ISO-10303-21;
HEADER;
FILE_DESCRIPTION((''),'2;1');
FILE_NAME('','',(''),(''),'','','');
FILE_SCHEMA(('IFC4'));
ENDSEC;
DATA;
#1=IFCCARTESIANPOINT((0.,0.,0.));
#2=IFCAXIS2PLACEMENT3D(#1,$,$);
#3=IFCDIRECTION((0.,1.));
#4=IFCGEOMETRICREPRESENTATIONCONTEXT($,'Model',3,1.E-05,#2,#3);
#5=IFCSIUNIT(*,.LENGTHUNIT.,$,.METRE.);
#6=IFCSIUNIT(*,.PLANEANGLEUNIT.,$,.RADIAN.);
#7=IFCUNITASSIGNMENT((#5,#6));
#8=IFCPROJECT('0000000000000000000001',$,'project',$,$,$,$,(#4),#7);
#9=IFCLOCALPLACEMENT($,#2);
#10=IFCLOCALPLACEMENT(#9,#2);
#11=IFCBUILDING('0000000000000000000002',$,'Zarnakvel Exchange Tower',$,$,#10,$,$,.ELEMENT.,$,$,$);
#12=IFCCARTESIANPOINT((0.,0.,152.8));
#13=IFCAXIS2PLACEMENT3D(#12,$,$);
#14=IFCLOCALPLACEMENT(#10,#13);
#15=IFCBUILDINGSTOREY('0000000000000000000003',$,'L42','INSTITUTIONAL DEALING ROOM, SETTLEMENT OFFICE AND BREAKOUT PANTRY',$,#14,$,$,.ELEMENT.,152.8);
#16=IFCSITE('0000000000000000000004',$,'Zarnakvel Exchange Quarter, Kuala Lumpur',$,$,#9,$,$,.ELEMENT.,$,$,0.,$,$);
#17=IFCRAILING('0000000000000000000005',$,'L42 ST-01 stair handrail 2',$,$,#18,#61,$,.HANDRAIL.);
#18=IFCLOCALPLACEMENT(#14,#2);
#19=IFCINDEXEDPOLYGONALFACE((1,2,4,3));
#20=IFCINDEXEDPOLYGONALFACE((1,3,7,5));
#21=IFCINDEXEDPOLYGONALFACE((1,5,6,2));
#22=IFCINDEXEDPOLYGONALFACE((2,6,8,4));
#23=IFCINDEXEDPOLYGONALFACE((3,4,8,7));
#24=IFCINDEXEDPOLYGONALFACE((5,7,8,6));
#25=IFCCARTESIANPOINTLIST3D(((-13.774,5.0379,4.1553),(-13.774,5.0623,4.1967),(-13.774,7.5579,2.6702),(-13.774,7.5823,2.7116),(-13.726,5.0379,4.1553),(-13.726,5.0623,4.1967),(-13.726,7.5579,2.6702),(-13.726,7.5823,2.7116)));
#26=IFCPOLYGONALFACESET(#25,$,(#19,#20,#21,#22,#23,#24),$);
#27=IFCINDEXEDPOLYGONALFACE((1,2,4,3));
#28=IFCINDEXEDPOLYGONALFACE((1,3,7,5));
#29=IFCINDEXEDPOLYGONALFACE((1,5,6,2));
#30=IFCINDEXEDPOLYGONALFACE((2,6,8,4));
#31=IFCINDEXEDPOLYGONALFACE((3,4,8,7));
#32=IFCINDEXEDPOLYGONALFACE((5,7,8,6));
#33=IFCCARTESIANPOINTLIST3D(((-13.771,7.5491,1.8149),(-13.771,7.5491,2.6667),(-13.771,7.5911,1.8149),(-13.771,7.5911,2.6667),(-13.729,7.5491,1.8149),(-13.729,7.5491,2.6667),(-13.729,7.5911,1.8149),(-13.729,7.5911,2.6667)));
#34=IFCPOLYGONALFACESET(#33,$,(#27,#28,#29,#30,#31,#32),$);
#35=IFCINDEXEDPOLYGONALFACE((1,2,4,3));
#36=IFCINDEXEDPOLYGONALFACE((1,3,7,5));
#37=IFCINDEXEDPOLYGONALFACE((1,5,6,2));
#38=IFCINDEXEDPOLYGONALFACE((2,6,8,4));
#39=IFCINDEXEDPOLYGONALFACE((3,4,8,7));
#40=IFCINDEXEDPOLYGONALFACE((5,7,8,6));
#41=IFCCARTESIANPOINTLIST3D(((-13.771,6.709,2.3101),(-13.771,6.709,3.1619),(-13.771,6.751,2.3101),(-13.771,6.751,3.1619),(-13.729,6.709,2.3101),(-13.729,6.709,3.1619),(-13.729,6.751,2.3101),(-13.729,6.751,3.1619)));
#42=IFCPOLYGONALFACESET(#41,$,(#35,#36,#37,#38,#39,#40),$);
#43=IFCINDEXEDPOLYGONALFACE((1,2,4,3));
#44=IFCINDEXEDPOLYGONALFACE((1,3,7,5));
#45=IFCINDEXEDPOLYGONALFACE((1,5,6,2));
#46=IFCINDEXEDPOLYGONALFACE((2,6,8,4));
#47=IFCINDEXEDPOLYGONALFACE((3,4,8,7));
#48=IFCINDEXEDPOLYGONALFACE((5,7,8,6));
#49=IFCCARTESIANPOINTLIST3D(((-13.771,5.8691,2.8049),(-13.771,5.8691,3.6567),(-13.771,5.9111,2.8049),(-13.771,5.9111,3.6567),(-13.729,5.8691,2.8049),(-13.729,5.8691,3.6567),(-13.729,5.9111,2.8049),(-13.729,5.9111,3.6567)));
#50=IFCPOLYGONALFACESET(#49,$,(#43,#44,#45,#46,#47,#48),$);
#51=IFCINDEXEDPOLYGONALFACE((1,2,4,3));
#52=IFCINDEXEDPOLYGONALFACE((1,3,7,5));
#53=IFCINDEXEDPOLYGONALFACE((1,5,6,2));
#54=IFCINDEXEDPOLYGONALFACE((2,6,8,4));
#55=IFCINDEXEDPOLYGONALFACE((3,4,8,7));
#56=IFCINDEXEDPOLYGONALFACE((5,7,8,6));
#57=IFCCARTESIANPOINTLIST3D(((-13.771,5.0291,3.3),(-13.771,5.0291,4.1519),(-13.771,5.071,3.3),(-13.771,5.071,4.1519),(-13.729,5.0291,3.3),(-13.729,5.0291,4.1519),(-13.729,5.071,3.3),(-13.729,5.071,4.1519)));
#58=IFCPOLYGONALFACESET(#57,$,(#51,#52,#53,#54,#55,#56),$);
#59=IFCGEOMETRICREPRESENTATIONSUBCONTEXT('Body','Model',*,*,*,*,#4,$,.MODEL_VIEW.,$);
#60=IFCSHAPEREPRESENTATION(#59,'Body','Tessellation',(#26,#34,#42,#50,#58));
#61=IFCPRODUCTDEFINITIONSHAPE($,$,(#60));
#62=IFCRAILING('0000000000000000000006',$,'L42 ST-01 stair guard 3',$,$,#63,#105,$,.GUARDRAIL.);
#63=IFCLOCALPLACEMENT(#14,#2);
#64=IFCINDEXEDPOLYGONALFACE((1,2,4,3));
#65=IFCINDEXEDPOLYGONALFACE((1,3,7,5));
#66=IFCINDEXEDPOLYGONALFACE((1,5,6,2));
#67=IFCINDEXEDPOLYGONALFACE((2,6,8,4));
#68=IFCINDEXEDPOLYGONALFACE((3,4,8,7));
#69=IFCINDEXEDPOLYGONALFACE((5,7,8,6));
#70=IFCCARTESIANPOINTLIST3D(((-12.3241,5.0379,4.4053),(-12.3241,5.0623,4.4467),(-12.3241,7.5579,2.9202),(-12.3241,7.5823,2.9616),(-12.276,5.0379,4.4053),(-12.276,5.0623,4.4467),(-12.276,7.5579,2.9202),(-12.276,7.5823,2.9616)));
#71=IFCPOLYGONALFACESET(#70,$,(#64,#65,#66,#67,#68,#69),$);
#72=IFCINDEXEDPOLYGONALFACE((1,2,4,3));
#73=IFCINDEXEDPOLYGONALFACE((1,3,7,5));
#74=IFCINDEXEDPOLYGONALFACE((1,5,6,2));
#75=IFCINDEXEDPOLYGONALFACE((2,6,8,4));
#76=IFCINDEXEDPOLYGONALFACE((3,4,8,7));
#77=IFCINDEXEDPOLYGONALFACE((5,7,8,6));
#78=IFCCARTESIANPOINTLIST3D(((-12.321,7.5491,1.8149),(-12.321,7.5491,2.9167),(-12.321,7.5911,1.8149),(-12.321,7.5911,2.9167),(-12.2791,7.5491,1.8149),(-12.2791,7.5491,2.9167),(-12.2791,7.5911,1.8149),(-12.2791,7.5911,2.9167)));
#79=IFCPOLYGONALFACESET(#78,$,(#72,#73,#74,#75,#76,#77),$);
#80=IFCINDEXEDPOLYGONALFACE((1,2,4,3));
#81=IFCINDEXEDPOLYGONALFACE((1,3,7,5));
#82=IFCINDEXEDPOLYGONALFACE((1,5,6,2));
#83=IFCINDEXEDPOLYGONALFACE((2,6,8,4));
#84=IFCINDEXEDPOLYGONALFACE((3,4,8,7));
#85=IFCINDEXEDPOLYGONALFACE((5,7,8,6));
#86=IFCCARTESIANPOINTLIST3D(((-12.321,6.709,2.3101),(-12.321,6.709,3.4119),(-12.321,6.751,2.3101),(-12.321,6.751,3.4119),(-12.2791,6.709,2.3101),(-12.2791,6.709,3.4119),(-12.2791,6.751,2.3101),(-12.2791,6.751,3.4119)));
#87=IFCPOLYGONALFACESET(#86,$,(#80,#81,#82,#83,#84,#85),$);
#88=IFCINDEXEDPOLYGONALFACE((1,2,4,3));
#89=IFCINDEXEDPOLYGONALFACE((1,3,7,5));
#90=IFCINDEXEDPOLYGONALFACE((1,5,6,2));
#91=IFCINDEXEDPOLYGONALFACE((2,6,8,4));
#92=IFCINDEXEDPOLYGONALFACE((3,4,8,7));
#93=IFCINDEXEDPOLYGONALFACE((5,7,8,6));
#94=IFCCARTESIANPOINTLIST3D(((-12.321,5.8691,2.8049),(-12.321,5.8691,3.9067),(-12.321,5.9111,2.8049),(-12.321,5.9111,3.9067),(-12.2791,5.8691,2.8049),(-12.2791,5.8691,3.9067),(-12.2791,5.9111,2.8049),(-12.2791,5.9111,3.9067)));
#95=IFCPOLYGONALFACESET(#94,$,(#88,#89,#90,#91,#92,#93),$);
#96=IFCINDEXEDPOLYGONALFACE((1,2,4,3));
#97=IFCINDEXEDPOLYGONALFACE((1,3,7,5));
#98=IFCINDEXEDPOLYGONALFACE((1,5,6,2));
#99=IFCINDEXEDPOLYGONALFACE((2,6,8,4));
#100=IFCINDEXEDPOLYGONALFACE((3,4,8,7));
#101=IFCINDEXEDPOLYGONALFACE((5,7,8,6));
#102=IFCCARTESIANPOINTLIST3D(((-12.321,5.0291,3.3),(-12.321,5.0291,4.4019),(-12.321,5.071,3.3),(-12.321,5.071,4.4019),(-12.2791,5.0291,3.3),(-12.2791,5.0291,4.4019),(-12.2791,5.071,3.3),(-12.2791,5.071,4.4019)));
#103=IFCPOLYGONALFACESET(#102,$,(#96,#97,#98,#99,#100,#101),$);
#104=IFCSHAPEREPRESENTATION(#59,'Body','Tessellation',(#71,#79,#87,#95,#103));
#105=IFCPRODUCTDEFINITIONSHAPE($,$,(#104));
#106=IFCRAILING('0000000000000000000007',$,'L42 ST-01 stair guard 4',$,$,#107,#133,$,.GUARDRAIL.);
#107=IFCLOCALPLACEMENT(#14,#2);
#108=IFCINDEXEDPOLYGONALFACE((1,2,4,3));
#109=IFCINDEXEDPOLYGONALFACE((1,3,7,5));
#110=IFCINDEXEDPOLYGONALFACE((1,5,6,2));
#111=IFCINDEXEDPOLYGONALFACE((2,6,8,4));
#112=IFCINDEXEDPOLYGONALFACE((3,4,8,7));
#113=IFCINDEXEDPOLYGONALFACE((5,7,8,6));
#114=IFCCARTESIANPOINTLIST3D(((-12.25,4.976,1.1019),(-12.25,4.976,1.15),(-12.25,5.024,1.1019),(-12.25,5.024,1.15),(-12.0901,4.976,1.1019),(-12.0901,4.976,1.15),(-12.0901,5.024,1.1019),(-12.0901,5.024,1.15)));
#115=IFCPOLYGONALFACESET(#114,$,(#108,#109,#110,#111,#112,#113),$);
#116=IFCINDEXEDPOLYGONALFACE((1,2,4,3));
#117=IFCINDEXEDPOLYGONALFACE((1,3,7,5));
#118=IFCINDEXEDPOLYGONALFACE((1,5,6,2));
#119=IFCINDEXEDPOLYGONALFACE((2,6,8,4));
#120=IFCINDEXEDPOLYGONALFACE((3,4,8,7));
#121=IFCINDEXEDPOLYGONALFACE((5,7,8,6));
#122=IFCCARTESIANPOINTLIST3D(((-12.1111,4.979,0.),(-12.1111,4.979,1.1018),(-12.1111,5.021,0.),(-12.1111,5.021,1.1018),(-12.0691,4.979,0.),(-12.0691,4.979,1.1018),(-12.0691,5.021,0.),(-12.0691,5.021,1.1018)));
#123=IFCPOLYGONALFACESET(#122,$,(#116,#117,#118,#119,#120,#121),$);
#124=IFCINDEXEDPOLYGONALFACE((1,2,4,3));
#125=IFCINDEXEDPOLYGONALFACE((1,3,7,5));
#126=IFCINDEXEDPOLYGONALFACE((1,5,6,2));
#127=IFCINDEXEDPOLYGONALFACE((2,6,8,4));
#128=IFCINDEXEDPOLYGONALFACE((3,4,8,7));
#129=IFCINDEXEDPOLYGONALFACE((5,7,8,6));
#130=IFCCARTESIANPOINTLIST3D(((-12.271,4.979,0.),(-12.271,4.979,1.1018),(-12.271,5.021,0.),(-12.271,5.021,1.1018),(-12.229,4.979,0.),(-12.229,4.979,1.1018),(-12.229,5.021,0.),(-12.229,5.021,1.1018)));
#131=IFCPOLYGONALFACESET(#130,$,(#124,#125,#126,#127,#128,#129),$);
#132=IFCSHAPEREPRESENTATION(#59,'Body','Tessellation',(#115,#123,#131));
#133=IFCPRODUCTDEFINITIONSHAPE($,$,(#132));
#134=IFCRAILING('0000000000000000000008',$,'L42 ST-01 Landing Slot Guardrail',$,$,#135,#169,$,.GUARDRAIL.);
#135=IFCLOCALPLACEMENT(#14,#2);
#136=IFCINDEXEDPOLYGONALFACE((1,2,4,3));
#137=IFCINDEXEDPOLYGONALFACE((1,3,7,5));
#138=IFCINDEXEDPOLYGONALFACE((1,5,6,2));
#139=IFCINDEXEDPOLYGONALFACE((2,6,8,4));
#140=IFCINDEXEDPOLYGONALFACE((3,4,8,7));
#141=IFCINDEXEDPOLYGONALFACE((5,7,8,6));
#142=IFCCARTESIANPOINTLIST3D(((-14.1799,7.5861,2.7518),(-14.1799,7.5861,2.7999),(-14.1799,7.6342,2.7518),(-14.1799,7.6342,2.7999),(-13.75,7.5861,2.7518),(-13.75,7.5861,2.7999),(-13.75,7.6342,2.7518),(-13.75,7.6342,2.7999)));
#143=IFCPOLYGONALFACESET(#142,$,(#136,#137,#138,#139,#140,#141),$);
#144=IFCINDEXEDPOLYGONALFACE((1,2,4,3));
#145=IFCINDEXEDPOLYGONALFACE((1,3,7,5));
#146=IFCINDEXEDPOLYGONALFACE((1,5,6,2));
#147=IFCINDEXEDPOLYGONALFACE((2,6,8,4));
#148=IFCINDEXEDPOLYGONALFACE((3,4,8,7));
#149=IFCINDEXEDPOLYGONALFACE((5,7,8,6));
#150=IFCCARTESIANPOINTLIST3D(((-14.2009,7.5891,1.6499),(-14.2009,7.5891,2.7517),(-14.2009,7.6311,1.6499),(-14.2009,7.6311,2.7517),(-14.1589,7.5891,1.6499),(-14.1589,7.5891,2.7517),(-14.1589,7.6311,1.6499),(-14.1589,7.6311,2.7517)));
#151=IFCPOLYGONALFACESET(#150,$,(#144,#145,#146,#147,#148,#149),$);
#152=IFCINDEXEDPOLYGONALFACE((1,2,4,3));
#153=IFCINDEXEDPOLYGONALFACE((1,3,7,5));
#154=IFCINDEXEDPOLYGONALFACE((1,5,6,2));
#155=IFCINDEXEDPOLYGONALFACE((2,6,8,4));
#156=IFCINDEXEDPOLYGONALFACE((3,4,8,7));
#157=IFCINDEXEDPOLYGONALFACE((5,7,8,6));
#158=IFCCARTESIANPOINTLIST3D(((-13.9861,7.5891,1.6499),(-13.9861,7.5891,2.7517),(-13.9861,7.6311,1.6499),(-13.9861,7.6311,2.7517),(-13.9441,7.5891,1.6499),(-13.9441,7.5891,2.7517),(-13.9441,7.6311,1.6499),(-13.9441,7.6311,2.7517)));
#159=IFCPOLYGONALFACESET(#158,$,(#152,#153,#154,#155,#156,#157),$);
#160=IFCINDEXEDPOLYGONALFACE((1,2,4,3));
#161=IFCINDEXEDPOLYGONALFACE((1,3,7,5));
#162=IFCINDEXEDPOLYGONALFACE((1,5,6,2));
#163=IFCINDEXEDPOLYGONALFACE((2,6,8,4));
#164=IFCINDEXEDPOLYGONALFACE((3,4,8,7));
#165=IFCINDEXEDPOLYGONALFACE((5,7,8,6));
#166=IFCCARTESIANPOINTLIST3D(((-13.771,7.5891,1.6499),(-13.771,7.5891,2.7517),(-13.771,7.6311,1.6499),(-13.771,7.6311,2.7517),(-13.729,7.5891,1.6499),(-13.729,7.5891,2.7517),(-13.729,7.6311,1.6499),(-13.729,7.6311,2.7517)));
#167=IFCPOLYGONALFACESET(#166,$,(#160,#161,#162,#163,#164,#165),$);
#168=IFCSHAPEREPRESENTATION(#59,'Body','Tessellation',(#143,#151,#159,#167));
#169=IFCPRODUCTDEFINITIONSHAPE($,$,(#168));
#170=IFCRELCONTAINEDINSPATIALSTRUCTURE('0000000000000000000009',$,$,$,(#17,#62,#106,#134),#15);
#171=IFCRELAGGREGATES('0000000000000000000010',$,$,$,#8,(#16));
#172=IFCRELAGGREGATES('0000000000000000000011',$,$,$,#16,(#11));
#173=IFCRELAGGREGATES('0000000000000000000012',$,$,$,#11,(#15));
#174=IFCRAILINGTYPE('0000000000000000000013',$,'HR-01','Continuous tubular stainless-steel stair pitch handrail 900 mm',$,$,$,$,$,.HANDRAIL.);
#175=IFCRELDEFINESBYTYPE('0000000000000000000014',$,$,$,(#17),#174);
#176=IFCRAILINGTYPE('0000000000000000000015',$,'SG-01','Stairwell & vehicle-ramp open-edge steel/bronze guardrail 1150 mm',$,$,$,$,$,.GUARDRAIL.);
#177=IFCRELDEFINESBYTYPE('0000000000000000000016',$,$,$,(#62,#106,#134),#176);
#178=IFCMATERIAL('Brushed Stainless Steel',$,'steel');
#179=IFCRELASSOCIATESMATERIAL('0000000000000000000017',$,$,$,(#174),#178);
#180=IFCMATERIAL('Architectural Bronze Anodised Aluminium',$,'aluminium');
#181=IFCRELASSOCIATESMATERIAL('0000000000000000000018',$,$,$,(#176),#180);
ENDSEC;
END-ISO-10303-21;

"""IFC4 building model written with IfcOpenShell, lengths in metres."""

from ifc_helpers import new_model, si_unit, direction, frame, origin, origin_2d, place, context, subcontext, project, spatial, rectangle, extrude, material, type_object, element, save


model = new_model("IFC4")

# Units and contexts
model_context = context("Model", 3, precision=1e-05, world=origin(), true_north=direction((0.0, 1.0)))
body_context = subcontext(model_context, "Body", "Model", "MODEL_VIEW")
ifc_project = project(units=[si_unit("LENGTHUNIT", "METRE"), si_unit("PLANEANGLEUNIT", "RADIAN")], contexts=[model_context])

# Site, building, storey
site_placement = place(None, origin())
site = spatial("IfcSite", under=ifc_project, at=site_placement, Name="Zarnakvel Exchange Quarter, Kuala Lumpur", CompositionType="ELEMENT", RefElevation=0.0)
building_placement = place(site_placement, origin())
building = spatial("IfcBuilding", under=site, at=building_placement, Name="Zarnakvel Exchange Tower", CompositionType="ELEMENT")
storey_placement = place(building_placement, frame((0.0, 0.0, 152.8)))
storey = spatial("IfcBuildingStorey", under=building, at=storey_placement, Name="L42", Description="INSTITUTIONAL DEALING ROOM, SETTLEMENT OFFICE AND BREAKOUT PANTRY", CompositionType="ELEMENT", Elevation=152.8)

# Shared definitions
ifc_material_1 = material(Name="Architectural Bronze Anodised Aluminium", Category="aluminium")

# Railings
ifc_material_2 = material(Name="Brushed Stainless Steel", Category="steel")
railing_type_1 = type_object("IfcRailingType", Name="HR-01", Description="Continuous tubular stainless-steel stair pitch handrail 900 mm", PredefinedType="HANDRAIL", material=ifc_material_2)
railing_1_placement = place(storey_placement, frame((-13.75, 7.5701, 1.8149)))
element("IfcRailing", 1, at=railing_1_placement, inside=storey, type_object=railing_type_1, Name="L42 ST-01 stair handrail 2", PredefinedType="HANDRAIL", context=body_context, shape_type="SweptSolid", body=[
    extrude(rectangle(XDim=0.0481, YDim=0.0481, at=origin_2d()), frame((0.0, 0.0, 0.876), z_axis=(0.0, -0.861524, 0.507717), x_axis=(1.0, 0.0, 0.0)), (0.0, 0.0, 1.0), 2.925),
    extrude(rectangle(XDim=0.042, YDim=0.042, at=origin_2d()), origin(), (0.0, 0.0, 1.0), 0.8518),
    extrude(rectangle(XDim=0.042, YDim=0.042, at=origin_2d()), frame((0.0, -0.8401, 0.4951)), (0.0, 0.0, 1.0), 0.8518),
    extrude(rectangle(XDim=0.042, YDim=0.042, at=origin_2d()), frame((0.0, -1.6799, 0.99)), (0.0, 0.0, 1.0), 0.8518),
    extrude(rectangle(XDim=0.042, YDim=0.042, at=origin_2d()), frame((0.0, -2.52, 1.4851)), (0.0, 0.0, 1.0), 0.8518),
])
railing_type_2 = type_object("IfcRailingType", Name="SG-01", Description="Stairwell & vehicle-ramp open-edge steel/bronze guardrail 1150 mm", PredefinedType="GUARDRAIL", material=ifc_material_1)
railing_2_placement = place(storey_placement, frame((-12.3, 7.5701, 1.8149)))
element("IfcRailing", 2, at=railing_2_placement, inside=storey, type_object=railing_type_2, Name="L42 ST-01 stair guard 3", PredefinedType="GUARDRAIL", context=body_context, shape_type="SweptSolid", body=[
    extrude(rectangle(XDim=0.0481, YDim=0.0481, at=origin_2d()), frame((0.0, 0.0, 1.126), z_axis=(0.0, -0.861524, 0.507717), x_axis=(1.0, 0.0, 0.0)), (0.0, 0.0, 1.0), 2.925),
    extrude(rectangle(XDim=0.042, YDim=0.042, at=origin_2d()), origin(), (0.0, 0.0, 1.0), 1.1018),
    extrude(rectangle(XDim=0.042, YDim=0.042, at=origin_2d()), frame((0.0, -0.8401, 0.4951)), (0.0, 0.0, 1.0), 1.1018),
    extrude(rectangle(XDim=0.042, YDim=0.042, at=origin_2d()), frame((0.0, -1.6799, 0.99)), (0.0, 0.0, 1.0), 1.1018),
    extrude(rectangle(XDim=0.042, YDim=0.042, at=origin_2d()), frame((0.0, -2.52, 1.4851)), (0.0, 0.0, 1.0), 1.1018),
])
railing_3_placement = place(storey_placement, frame((-12.0901, 5.0, 0.0)))
element("IfcRailing", 3, at=railing_3_placement, inside=storey, type_object=railing_type_2, Name="L42 ST-01 stair guard 4", PredefinedType="GUARDRAIL", context=body_context, shape_type="SweptSolid", body=[
    extrude(rectangle(XDim=0.0481, YDim=0.0481, at=origin_2d()), frame((0.0, 0.0, 1.126), z_axis=(-1.0, 0.0, 0.0), x_axis=(0.0, -1.0, 0.0)), (0.0, 0.0, 1.0), 0.1599),
    extrude(rectangle(XDim=0.042, YDim=0.042, at=origin_2d()), origin(), (0.0, 0.0, 1.0), 1.1018),
    extrude(rectangle(XDim=0.042, YDim=0.042, at=origin_2d()), frame((-0.1599, 0.0, 0.0)), (0.0, 0.0, 1.0), 1.1018),
])
railing_4_placement = place(storey_placement, frame((-14.1799, 7.6101, 1.6499)))
element("IfcRailing", 4, at=railing_4_placement, inside=storey, type_object=railing_type_2, Name="L42 ST-01 Landing Slot Guardrail", PredefinedType="GUARDRAIL", context=body_context, shape_type="SweptSolid", body=[
    extrude(rectangle(XDim=0.0481, YDim=0.0481, at=origin_2d()), frame((0.0, 0.0, 1.126), z_axis=(1.0, 0.0, 0.0), x_axis=(0.0, 1.0, 0.0)), (0.0, 0.0, 1.0), 0.4299),
    extrude(rectangle(XDim=0.042, YDim=0.042, at=origin_2d()), origin(), (0.0, 0.0, 1.0), 1.1018),
    extrude(rectangle(XDim=0.042, YDim=0.042, at=origin_2d()), frame((0.2148, 0.0, 0.0)), (0.0, 0.0, 1.0), 1.1018),
    extrude(rectangle(XDim=0.042, YDim=0.042, at=origin_2d()), frame((0.4299, 0.0, 0.0)), (0.0, 0.0, 1.0), 1.1018),
])

save(model, "model.ifc")
